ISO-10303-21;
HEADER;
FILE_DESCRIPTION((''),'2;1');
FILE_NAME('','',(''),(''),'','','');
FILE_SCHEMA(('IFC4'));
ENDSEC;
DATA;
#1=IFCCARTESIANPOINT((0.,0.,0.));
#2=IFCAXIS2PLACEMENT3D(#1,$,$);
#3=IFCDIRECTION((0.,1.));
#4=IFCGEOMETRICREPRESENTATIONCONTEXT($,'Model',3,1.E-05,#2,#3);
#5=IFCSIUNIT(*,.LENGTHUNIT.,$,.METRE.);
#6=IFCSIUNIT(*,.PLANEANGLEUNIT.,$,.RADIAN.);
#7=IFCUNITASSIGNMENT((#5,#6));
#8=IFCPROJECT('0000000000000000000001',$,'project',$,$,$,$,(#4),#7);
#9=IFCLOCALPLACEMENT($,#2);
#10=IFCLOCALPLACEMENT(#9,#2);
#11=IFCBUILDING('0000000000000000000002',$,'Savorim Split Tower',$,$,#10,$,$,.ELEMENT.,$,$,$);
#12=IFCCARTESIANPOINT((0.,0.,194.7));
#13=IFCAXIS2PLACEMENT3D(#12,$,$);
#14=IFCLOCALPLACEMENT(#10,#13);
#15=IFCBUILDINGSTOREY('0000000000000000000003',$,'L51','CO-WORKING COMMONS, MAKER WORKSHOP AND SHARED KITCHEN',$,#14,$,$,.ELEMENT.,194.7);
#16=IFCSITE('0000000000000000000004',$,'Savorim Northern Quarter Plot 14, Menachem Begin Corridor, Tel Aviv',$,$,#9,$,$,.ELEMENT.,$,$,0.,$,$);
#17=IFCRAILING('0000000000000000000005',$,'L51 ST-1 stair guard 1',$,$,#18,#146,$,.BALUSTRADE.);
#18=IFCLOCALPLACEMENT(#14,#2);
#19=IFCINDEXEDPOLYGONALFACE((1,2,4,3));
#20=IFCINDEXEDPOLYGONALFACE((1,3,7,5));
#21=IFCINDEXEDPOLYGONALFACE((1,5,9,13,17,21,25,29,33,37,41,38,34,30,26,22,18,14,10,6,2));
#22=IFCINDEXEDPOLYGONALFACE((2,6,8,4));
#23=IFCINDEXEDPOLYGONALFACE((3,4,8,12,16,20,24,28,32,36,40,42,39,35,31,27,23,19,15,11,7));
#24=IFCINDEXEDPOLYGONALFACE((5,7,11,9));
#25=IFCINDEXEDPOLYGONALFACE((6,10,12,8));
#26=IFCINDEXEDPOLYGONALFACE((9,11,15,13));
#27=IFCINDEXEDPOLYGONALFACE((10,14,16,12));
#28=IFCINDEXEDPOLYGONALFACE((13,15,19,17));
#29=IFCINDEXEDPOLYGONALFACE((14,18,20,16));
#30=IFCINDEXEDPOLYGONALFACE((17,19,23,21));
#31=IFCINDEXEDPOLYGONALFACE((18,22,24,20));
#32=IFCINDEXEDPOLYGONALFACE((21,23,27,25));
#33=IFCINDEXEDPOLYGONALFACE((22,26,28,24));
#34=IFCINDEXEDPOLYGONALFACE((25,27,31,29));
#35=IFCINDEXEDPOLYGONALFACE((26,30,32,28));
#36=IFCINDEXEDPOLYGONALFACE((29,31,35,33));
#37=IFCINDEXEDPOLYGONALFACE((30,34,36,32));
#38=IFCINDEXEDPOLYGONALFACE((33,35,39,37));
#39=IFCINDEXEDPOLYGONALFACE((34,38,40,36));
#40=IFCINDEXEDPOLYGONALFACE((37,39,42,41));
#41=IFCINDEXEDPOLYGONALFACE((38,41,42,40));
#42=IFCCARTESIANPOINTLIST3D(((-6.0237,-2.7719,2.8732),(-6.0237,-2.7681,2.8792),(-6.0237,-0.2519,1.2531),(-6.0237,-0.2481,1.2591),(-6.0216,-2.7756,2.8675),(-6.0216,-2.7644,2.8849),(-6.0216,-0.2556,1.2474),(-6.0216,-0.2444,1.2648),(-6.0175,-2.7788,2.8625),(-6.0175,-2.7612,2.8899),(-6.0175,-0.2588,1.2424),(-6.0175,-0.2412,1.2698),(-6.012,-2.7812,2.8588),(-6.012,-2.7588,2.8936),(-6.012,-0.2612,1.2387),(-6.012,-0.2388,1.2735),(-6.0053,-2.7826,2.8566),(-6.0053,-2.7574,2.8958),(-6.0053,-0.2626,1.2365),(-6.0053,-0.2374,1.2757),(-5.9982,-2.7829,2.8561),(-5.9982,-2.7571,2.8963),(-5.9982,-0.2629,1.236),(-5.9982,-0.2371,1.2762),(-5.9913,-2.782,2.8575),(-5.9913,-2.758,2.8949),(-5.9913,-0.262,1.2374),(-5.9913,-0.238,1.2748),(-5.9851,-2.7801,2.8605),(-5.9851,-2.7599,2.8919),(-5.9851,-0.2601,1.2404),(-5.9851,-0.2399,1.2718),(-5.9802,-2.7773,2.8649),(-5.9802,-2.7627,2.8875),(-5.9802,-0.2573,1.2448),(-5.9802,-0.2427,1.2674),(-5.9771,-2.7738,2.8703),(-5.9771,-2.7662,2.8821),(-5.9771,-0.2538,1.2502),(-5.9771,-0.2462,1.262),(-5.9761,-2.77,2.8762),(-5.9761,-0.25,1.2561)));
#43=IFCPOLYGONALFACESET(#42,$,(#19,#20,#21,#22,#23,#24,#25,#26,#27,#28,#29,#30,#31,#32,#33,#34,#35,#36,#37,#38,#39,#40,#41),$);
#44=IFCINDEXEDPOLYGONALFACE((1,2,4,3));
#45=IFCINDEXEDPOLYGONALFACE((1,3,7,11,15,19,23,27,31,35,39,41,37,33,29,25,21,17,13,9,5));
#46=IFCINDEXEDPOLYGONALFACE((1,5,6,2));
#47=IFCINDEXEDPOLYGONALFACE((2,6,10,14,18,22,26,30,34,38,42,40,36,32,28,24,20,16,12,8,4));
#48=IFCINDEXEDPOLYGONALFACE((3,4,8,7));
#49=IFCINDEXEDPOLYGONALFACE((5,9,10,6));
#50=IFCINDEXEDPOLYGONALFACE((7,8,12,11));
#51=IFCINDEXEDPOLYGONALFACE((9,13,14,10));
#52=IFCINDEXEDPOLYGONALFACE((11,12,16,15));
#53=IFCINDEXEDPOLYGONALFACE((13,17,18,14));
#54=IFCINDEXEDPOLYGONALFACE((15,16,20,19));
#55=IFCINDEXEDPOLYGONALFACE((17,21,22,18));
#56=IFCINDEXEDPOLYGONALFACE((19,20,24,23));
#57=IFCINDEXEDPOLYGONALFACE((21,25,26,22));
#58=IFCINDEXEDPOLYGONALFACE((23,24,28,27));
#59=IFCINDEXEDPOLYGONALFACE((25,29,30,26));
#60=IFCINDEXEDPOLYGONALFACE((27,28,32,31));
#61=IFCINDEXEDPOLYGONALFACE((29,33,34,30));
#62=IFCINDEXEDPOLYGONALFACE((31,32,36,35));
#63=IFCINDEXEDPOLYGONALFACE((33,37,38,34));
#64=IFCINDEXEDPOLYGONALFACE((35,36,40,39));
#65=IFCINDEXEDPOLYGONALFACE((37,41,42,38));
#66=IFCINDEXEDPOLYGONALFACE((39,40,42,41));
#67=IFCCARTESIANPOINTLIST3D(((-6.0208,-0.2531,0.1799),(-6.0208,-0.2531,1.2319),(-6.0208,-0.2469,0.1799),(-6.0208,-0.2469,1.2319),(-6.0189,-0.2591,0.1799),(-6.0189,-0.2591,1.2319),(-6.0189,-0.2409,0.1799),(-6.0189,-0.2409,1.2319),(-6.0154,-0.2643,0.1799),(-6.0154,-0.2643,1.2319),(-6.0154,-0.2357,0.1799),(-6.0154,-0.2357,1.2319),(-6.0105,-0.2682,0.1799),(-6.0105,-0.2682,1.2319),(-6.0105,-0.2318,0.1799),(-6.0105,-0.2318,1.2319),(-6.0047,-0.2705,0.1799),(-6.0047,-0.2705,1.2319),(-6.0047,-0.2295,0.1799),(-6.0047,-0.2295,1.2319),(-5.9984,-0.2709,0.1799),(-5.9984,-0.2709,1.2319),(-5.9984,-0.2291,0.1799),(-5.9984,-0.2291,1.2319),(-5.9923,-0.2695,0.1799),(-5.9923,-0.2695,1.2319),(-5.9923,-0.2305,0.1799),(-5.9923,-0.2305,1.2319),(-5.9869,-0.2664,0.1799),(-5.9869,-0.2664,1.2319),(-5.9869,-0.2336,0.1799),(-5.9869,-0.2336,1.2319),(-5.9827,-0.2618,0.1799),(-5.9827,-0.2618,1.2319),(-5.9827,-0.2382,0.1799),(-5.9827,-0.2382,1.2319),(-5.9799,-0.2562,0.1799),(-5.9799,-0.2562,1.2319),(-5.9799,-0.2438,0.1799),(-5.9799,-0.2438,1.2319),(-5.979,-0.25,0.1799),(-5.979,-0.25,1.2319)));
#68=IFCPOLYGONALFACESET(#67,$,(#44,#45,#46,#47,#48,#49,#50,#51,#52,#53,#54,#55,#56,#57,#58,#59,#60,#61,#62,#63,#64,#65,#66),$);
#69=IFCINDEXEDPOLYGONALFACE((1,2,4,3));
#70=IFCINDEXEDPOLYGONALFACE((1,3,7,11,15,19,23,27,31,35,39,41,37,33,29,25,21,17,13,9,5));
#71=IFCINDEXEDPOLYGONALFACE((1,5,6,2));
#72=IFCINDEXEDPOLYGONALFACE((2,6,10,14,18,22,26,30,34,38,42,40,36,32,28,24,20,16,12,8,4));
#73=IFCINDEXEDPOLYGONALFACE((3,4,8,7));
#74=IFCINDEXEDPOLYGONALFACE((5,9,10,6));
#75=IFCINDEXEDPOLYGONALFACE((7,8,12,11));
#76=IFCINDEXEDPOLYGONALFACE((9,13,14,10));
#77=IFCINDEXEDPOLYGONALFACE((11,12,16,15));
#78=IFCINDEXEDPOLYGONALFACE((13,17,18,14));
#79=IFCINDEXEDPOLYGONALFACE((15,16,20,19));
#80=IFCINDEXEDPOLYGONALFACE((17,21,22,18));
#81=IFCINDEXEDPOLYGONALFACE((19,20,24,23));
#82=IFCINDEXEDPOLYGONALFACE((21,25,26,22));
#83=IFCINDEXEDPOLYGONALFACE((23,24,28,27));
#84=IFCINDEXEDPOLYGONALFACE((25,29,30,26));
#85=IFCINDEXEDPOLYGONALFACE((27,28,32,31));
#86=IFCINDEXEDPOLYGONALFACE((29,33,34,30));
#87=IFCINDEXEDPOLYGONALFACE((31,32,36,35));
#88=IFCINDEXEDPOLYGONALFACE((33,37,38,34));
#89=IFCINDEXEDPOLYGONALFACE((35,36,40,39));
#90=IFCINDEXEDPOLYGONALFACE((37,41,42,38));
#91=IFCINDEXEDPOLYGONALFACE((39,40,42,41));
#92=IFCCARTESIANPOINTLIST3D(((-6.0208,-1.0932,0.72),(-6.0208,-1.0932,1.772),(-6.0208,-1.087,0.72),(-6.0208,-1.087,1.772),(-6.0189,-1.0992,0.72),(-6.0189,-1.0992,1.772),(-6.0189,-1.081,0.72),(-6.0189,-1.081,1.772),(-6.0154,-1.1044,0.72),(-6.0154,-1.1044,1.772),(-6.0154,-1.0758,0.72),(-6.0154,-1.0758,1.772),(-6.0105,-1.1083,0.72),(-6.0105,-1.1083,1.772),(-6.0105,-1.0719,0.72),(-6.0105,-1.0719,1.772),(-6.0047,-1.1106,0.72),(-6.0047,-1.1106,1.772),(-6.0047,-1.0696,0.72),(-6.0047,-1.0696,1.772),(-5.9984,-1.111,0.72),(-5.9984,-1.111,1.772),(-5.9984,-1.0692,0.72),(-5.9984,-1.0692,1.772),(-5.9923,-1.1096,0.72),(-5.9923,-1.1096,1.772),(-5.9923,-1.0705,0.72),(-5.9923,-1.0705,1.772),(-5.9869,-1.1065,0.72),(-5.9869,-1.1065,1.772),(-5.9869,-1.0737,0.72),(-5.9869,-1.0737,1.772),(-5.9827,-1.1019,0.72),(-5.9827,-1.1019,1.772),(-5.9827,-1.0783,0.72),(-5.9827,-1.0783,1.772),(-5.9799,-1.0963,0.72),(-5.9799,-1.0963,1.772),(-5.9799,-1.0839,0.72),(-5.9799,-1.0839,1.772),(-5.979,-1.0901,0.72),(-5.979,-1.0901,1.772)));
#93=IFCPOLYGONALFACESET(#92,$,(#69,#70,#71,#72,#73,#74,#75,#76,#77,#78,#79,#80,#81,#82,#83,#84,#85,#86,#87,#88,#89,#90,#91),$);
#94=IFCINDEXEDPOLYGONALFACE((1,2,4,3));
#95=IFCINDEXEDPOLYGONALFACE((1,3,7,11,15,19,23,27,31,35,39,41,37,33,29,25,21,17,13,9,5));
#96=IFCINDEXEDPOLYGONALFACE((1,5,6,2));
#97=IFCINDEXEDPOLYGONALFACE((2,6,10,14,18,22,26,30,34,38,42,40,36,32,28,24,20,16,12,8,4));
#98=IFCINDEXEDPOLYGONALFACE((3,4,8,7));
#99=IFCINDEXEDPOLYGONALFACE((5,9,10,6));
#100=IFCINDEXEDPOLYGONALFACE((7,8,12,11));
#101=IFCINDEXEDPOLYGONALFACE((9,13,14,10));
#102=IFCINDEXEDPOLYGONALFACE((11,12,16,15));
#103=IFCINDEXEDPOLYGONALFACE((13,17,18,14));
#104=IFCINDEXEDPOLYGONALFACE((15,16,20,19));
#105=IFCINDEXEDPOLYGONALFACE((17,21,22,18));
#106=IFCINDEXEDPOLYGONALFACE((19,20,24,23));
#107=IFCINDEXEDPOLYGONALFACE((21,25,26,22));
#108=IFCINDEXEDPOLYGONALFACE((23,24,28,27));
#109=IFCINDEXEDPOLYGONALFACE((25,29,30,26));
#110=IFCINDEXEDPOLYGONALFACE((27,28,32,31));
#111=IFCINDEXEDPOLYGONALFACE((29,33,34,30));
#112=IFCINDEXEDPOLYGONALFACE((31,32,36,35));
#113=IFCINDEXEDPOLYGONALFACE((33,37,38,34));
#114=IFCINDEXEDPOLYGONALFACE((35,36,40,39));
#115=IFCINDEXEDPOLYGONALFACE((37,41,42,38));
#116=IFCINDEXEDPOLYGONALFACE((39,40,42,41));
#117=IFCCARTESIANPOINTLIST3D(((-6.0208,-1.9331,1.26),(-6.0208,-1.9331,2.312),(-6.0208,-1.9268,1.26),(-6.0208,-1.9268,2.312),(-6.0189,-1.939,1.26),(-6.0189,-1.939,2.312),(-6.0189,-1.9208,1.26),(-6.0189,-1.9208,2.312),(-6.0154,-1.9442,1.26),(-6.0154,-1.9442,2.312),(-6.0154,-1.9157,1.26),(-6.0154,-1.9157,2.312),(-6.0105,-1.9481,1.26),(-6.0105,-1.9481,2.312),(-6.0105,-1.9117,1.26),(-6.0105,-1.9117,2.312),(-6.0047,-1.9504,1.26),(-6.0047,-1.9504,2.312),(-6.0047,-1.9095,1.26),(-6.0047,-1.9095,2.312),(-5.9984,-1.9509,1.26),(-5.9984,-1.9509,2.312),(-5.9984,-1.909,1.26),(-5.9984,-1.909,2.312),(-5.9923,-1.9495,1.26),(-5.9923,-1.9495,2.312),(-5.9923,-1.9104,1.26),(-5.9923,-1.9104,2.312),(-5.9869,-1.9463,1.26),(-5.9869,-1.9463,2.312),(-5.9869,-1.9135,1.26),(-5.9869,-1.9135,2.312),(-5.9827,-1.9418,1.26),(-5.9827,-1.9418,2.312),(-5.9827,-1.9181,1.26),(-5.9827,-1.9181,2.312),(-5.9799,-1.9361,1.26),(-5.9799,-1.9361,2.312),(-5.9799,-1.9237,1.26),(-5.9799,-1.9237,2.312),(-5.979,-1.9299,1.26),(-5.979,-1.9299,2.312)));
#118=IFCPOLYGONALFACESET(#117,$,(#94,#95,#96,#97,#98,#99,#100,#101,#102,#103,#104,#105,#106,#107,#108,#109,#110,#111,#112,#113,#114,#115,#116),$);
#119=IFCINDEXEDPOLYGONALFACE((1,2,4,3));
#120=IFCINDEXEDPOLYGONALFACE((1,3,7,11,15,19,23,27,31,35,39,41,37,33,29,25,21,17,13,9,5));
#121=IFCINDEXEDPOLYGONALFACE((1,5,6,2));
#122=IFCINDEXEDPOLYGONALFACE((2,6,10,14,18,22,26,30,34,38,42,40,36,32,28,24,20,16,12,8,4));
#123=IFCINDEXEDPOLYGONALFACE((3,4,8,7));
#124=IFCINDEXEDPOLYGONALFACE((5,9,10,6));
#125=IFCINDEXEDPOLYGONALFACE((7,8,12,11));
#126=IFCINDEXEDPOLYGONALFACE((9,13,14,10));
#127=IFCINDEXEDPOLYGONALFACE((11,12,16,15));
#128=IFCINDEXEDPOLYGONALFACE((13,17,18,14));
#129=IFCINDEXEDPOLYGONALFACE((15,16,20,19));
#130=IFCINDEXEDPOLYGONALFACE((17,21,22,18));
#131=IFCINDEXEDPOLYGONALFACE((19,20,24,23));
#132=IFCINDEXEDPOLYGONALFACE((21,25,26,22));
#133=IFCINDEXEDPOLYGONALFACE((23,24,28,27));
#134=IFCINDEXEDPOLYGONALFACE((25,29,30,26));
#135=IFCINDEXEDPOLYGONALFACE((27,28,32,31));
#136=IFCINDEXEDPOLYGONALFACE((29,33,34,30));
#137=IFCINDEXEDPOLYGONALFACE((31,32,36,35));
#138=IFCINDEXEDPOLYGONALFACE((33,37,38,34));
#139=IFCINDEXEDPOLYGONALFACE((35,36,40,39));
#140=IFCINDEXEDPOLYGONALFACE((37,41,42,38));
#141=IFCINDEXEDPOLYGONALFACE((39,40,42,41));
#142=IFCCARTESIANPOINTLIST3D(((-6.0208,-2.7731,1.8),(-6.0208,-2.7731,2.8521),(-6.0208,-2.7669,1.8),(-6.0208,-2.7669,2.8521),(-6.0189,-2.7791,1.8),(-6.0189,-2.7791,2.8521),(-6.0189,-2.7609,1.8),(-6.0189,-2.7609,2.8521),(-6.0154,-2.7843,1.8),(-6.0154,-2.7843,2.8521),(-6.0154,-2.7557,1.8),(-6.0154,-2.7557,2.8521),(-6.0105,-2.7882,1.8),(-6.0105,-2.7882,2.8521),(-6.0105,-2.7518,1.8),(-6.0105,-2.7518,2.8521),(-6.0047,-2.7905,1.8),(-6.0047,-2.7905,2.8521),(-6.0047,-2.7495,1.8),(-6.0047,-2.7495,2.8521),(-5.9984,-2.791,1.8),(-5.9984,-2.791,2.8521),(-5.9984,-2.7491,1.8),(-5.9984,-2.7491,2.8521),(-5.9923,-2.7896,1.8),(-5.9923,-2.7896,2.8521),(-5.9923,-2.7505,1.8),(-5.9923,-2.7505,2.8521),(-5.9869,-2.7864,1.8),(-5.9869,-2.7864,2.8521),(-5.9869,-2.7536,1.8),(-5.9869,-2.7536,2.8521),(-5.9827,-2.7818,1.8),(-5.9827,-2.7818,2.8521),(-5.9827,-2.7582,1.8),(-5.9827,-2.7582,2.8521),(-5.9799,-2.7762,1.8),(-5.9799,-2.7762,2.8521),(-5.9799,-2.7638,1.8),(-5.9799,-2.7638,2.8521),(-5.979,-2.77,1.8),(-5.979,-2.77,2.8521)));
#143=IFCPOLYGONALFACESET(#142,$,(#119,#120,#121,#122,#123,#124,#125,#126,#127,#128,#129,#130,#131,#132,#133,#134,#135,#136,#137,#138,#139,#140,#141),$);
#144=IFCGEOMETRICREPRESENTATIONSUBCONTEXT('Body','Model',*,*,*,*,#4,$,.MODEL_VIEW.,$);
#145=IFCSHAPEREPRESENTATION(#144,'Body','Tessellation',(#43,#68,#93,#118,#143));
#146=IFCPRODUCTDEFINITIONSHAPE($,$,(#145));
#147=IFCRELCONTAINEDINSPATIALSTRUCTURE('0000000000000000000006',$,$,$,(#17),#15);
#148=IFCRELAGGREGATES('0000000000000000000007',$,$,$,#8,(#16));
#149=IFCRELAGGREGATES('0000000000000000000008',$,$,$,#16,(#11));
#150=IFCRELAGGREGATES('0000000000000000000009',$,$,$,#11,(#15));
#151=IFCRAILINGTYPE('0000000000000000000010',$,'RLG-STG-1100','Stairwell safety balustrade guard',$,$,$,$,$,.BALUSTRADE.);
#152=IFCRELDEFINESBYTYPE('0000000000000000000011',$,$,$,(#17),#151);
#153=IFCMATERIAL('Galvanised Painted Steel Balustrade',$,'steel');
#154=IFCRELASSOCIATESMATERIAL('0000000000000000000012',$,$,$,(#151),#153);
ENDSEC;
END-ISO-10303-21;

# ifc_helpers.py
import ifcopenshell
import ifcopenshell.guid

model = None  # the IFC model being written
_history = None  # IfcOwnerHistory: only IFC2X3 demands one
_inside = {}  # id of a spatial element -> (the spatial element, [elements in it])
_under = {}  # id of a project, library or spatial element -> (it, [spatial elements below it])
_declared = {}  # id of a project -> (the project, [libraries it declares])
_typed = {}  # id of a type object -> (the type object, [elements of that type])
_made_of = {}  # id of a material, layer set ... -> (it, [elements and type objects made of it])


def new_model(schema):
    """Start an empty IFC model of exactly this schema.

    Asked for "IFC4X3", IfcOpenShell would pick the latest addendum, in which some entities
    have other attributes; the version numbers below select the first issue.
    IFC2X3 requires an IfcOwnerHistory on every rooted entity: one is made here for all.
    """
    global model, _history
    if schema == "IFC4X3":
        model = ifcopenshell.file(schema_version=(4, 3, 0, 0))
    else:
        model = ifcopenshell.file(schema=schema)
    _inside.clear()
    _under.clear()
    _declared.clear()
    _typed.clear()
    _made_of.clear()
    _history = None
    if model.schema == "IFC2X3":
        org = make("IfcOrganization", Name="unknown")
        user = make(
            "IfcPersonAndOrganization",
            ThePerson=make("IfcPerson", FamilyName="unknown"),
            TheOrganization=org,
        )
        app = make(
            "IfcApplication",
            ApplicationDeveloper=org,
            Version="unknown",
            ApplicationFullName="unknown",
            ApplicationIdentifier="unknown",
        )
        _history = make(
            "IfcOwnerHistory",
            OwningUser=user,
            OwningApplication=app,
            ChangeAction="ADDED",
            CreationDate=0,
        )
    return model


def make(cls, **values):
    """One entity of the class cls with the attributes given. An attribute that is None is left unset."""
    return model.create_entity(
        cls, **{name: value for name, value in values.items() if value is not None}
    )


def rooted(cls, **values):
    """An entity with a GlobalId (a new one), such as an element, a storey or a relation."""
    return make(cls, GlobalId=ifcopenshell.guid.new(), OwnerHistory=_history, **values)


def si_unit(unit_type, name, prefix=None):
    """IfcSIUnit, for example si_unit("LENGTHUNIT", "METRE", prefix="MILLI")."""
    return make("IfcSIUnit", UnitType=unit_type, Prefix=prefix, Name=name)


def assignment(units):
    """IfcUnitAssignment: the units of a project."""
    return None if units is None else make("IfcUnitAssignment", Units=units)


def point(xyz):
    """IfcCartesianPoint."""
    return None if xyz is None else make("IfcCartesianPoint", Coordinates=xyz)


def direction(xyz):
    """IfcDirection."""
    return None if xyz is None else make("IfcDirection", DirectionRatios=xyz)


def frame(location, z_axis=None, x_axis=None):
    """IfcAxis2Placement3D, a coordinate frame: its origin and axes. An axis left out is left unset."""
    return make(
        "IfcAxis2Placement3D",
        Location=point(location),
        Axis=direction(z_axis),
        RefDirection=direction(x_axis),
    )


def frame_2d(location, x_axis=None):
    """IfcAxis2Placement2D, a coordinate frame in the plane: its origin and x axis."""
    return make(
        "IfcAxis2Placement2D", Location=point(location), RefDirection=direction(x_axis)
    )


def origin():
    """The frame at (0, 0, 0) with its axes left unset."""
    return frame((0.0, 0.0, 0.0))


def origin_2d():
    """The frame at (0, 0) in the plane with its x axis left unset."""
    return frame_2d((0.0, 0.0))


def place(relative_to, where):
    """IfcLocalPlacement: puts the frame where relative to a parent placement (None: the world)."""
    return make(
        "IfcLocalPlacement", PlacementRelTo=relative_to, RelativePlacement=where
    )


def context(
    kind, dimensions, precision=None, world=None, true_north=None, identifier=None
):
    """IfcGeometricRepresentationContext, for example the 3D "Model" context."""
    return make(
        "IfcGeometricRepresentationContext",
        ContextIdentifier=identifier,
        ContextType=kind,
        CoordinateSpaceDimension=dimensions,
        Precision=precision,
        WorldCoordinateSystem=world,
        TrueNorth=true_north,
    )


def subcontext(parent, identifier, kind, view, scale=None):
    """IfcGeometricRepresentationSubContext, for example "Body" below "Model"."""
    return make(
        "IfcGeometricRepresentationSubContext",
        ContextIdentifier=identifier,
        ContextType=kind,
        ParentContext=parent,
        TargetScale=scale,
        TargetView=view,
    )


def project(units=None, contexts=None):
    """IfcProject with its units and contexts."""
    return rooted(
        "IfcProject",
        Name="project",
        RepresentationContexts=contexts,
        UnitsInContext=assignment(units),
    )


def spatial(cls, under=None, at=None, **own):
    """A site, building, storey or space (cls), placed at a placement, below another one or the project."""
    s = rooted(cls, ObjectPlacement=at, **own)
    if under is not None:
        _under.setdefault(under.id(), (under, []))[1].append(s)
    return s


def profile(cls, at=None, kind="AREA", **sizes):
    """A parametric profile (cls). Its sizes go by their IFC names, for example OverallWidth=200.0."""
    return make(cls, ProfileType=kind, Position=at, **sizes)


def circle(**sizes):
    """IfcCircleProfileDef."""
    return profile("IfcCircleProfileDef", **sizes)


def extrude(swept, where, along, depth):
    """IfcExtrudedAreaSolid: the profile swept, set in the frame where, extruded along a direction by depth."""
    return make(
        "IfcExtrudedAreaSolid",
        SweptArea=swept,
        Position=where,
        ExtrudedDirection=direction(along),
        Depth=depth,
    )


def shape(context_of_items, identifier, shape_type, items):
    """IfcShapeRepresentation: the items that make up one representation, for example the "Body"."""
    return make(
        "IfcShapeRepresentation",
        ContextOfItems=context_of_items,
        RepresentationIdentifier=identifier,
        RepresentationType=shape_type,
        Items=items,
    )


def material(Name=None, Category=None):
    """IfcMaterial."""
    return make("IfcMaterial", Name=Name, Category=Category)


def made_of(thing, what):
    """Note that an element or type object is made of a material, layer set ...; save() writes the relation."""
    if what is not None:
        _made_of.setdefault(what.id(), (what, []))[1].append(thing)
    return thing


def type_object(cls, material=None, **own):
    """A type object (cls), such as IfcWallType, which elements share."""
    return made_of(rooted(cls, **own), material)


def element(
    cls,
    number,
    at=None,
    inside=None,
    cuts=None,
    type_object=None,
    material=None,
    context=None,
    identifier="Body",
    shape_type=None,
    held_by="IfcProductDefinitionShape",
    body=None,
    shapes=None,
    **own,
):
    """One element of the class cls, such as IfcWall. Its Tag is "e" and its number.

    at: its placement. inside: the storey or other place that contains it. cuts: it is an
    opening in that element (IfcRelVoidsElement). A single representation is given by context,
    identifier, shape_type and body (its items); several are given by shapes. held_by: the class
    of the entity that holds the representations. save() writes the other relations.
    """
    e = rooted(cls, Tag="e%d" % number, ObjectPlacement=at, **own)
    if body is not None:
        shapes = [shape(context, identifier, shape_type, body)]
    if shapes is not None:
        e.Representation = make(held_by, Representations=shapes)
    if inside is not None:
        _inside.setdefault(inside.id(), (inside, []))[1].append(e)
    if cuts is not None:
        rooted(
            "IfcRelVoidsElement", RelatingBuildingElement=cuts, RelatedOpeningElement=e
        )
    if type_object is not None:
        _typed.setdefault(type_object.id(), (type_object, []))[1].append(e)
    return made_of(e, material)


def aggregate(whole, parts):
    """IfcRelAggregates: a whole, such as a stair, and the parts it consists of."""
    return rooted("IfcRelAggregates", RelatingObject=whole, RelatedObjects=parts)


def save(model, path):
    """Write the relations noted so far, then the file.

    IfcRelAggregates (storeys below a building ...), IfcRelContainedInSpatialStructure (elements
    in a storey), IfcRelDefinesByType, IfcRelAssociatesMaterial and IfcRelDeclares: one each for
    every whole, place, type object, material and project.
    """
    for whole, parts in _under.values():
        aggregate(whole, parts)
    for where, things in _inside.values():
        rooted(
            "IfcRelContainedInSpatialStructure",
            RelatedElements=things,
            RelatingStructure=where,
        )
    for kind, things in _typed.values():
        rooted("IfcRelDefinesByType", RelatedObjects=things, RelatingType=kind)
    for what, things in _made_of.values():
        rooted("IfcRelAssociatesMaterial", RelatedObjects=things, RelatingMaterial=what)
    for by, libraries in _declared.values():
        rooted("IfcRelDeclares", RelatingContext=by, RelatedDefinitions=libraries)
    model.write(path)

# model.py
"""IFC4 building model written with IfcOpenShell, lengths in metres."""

from ifc_helpers import new_model, si_unit, direction, frame, origin, origin_2d, place, context, subcontext, project, spatial, circle, extrude, material, type_object, element, save


model = new_model("IFC4")

# Units and contexts
model_context = context("Model", 3, precision=1e-05, world=origin(), true_north=direction((0.0, 1.0)))
body_context = subcontext(model_context, "Body", "Model", "MODEL_VIEW")
ifc_project = project(units=[si_unit("LENGTHUNIT", "METRE"), si_unit("PLANEANGLEUNIT", "RADIAN")], contexts=[model_context])

# Site, building, storey
site_placement = place(None, origin())
site = spatial("IfcSite", under=ifc_project, at=site_placement, Name="Savorim Northern Quarter Plot 14, Menachem Begin Corridor, Tel Aviv", CompositionType="ELEMENT", RefElevation=0.0)
building_placement = place(site_placement, origin())
building = spatial("IfcBuilding", under=site, at=building_placement, Name="Savorim Split Tower", CompositionType="ELEMENT")
storey_placement = place(building_placement, frame((0.0, 0.0, 194.7)))
storey = spatial("IfcBuildingStorey", under=building, at=storey_placement, Name="L51", Description="CO-WORKING COMMONS, MAKER WORKSHOP AND SHARED KITCHEN", CompositionType="ELEMENT", Elevation=194.7)

# Railing
ifc_material_1 = material(Name="Galvanised Painted Steel Balustrade", Category="steel")
railing_type_1 = type_object("IfcRailingType", Name="RLG-STG-1100", Description="Stairwell safety balustrade guard", PredefinedType="BALUSTRADE", material=ifc_material_1)
railing_1_placement = place(storey_placement, frame((-6.0, -0.25, 0.1799)))
element("IfcRailing", 1, at=railing_1_placement, inside=storey, type_object=railing_type_1, Name="L51 ST-1 stair guard 1", PredefinedType="BALUSTRADE", context=body_context, shape_type="SweptSolid", body=[
    extrude(circle(Radius=0.0239, at=origin_2d()), frame((0.0, 0.0, 1.0762), z_axis=(0.0, -0.841163, 0.540782), x_axis=(1.0, 0.0, 0.0)), (0.0, 0.0, 1.0), 2.9958),
    extrude(circle(Radius=0.021, at=origin_2d()), origin(), (0.0, 0.0, 1.0), 1.052),
    extrude(circle(Radius=0.021, at=origin_2d()), frame((0.0, -0.8401, 0.54)), (0.0, 0.0, 1.0), 1.052),
    extrude(circle(Radius=0.021, at=origin_2d()), frame((0.0, -1.6799, 1.0801)), (0.0, 0.0, 1.0), 1.052),
    extrude(circle(Radius=0.021, at=origin_2d()), frame((0.0, -2.52, 1.6201)), (0.0, 0.0, 1.0), 1.052),
])

save(model, "model.ifc")
